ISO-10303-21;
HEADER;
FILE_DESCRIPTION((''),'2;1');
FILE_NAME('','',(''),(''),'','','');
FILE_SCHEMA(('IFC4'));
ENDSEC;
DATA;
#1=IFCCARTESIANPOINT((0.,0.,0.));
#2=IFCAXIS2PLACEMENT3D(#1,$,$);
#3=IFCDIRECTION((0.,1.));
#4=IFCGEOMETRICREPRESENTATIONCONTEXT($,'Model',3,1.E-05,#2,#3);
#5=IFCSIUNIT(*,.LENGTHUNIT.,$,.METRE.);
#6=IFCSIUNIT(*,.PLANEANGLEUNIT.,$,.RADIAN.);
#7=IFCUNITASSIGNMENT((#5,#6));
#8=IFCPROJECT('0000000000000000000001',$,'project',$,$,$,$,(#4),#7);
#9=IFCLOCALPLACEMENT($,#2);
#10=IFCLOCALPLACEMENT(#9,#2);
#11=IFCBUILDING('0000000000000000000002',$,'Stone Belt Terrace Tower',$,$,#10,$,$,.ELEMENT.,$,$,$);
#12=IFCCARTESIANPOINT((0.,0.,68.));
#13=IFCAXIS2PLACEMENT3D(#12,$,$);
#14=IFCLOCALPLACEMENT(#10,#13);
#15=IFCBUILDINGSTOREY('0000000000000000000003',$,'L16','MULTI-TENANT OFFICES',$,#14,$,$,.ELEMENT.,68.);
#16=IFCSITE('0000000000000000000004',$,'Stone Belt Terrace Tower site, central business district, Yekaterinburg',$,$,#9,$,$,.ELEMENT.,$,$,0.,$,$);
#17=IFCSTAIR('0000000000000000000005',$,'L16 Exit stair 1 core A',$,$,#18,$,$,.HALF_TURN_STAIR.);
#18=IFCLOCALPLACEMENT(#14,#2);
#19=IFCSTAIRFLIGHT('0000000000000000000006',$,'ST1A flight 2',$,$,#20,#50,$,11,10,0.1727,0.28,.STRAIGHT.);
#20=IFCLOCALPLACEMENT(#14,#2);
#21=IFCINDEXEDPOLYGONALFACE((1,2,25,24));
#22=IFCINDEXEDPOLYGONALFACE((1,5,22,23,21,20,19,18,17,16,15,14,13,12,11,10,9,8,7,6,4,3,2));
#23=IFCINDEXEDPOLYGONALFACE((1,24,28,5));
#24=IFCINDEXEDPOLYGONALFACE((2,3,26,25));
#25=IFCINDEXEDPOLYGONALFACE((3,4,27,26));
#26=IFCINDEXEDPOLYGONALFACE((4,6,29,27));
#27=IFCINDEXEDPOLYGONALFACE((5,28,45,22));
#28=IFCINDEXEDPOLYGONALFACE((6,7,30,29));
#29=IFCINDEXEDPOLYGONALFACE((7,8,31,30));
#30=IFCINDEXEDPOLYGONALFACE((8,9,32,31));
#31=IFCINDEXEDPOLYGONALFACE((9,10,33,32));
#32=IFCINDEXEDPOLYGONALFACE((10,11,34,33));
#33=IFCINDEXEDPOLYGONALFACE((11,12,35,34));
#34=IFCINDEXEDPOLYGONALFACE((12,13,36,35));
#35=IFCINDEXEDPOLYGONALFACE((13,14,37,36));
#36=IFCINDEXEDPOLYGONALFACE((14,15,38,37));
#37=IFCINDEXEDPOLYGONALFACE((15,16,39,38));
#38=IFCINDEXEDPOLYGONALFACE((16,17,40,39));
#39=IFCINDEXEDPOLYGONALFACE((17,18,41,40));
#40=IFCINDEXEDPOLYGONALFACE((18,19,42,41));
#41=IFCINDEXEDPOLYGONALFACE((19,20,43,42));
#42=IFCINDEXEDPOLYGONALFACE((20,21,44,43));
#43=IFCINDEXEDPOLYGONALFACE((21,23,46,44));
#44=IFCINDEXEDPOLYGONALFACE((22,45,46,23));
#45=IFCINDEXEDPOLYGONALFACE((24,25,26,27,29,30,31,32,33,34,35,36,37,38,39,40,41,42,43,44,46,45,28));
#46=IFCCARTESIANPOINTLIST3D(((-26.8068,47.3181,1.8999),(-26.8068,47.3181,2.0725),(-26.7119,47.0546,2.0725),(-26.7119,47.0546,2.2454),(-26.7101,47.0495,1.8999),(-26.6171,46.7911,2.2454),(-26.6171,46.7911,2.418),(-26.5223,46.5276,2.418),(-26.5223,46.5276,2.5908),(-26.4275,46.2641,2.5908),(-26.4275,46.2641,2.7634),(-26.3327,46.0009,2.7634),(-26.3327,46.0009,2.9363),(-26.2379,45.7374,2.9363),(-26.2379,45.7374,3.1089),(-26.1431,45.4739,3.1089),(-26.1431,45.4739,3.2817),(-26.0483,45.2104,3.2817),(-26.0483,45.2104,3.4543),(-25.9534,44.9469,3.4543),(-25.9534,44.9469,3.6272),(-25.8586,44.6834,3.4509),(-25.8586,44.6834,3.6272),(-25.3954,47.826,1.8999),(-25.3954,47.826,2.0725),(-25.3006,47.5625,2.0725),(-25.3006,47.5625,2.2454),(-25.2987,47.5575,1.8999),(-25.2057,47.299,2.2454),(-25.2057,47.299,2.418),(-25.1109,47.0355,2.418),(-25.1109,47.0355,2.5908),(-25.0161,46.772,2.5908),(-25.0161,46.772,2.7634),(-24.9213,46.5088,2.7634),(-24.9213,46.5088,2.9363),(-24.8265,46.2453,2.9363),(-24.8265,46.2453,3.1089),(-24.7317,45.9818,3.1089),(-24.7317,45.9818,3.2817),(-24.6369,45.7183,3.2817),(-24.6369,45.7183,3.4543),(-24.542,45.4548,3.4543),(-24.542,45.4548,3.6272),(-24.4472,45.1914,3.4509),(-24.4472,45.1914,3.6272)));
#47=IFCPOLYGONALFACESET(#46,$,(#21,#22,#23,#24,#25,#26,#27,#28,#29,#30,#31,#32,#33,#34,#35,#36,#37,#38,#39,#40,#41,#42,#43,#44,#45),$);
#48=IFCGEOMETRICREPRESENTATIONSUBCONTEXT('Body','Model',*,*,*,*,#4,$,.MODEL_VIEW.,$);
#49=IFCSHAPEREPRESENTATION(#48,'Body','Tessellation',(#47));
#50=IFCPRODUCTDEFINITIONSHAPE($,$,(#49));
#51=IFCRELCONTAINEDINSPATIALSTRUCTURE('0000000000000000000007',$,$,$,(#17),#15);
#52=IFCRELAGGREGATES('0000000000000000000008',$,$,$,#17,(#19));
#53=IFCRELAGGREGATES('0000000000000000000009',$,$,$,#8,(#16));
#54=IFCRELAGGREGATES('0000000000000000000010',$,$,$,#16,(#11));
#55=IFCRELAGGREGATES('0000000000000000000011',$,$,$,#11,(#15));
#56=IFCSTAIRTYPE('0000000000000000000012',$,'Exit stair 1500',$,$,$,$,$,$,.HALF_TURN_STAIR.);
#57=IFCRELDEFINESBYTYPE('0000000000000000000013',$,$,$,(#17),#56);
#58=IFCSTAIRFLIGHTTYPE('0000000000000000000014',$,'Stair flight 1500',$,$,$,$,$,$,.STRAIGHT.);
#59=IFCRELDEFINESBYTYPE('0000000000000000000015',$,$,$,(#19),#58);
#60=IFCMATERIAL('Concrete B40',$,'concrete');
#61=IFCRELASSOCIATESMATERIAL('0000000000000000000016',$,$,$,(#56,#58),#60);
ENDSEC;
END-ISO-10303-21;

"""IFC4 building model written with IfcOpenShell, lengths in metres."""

from ifc_helpers import new_model, si_unit, direction, frame, origin, place, context, subcontext, project, spatial, polyline, outline, extrude, material, type_object, element, aggregate, save


model = new_model("IFC4")

# Units and contexts
model_context = context("Model", 3, precision=1e-05, world=origin(), true_north=direction((0.0, 1.0)))
body_context = subcontext(model_context, "Body", "Model", "MODEL_VIEW")
ifc_project = project(units=[si_unit("LENGTHUNIT", "METRE"), si_unit("PLANEANGLEUNIT", "RADIAN")], contexts=[model_context])

# Site, building, storey
site_placement = place(None, origin())
site = spatial("IfcSite", under=ifc_project, at=site_placement, Name="Stone Belt Terrace Tower site, central business district, Yekaterinburg", CompositionType="ELEMENT", RefElevation=0.0)
building_placement = place(site_placement, origin())
building = spatial("IfcBuilding", under=site, at=building_placement, Name="Stone Belt Terrace Tower", CompositionType="ELEMENT")
storey_placement = place(building_placement, frame((0.0, 0.0, 68.0)))
storey = spatial("IfcBuildingStorey", under=building, at=storey_placement, Name="L16", Description="MULTI-TENANT OFFICES", CompositionType="ELEMENT", Elevation=68.0)

# Stair, stair flight
ifc_material_1 = material(Name="Concrete B40", Category="concrete")
stair_type = type_object("IfcStairType", Name="Exit stair 1500", PredefinedType="HALF_TURN_STAIR", material=ifc_material_1)
stair_placement = place(storey_placement, origin())
stair = element("IfcStair", 1, at=stair_placement, inside=storey, type_object=stair_type, Name="L16 Exit stair 1 core A", PredefinedType="HALF_TURN_STAIR")
stair_flight_type = type_object("IfcStairFlightType", Name="Stair flight 1500", PredefinedType="STRAIGHT", material=ifc_material_1)
stair_flight_1_placement = place(storey_placement, frame((-26.1011, 47.572, 1.8999), z_axis=(0.0, 0.0, 1.0), x_axis=(0.338624, -0.940922, 0.0)))
stair_flight_1 = element("IfcStairFlight", 2, at=stair_flight_1_placement, type_object=stair_flight_type, Name="ST1A flight 2", NumberOfRisers=11, NumberOfTreads=10, PredefinedType="STRAIGHT", RiserHeight=0.1727, TreadLength=0.28, context=body_context, shape_type="SweptSolid", body=[
    extrude(outline(polyline([(0.0, 0.0), (0.0, 0.1726), (0.28, 0.1726), (0.28, 0.3455), (0.5601, 0.3455), (0.5601, 0.5181), (0.8401, 0.5181), (0.8401, 0.6909), (1.1201, 0.6909), (1.1201, 0.8635), (1.3999, 0.8635), (1.3999, 1.0364), (1.6799, 1.0364), (1.6799, 1.209), (1.96, 1.209), (1.96, 1.3818), (2.24, 1.3818), (2.24, 1.5544), (2.52, 1.5544), (2.52, 1.7273), (2.8, 1.7273), (2.8, 1.8999), (2.8, 1.551), (0.2854, 0.0), (0.0, 0.0)])), frame((0.0, 0.75, 0.0), z_axis=(0.0, -1.0, 0.0), x_axis=(1.0, 0.0, 0.0)), (0.0, 0.0, 1.0), 1.5),
])
aggregate(stair, [stair_flight_1])

save(model, "model.ifc")
